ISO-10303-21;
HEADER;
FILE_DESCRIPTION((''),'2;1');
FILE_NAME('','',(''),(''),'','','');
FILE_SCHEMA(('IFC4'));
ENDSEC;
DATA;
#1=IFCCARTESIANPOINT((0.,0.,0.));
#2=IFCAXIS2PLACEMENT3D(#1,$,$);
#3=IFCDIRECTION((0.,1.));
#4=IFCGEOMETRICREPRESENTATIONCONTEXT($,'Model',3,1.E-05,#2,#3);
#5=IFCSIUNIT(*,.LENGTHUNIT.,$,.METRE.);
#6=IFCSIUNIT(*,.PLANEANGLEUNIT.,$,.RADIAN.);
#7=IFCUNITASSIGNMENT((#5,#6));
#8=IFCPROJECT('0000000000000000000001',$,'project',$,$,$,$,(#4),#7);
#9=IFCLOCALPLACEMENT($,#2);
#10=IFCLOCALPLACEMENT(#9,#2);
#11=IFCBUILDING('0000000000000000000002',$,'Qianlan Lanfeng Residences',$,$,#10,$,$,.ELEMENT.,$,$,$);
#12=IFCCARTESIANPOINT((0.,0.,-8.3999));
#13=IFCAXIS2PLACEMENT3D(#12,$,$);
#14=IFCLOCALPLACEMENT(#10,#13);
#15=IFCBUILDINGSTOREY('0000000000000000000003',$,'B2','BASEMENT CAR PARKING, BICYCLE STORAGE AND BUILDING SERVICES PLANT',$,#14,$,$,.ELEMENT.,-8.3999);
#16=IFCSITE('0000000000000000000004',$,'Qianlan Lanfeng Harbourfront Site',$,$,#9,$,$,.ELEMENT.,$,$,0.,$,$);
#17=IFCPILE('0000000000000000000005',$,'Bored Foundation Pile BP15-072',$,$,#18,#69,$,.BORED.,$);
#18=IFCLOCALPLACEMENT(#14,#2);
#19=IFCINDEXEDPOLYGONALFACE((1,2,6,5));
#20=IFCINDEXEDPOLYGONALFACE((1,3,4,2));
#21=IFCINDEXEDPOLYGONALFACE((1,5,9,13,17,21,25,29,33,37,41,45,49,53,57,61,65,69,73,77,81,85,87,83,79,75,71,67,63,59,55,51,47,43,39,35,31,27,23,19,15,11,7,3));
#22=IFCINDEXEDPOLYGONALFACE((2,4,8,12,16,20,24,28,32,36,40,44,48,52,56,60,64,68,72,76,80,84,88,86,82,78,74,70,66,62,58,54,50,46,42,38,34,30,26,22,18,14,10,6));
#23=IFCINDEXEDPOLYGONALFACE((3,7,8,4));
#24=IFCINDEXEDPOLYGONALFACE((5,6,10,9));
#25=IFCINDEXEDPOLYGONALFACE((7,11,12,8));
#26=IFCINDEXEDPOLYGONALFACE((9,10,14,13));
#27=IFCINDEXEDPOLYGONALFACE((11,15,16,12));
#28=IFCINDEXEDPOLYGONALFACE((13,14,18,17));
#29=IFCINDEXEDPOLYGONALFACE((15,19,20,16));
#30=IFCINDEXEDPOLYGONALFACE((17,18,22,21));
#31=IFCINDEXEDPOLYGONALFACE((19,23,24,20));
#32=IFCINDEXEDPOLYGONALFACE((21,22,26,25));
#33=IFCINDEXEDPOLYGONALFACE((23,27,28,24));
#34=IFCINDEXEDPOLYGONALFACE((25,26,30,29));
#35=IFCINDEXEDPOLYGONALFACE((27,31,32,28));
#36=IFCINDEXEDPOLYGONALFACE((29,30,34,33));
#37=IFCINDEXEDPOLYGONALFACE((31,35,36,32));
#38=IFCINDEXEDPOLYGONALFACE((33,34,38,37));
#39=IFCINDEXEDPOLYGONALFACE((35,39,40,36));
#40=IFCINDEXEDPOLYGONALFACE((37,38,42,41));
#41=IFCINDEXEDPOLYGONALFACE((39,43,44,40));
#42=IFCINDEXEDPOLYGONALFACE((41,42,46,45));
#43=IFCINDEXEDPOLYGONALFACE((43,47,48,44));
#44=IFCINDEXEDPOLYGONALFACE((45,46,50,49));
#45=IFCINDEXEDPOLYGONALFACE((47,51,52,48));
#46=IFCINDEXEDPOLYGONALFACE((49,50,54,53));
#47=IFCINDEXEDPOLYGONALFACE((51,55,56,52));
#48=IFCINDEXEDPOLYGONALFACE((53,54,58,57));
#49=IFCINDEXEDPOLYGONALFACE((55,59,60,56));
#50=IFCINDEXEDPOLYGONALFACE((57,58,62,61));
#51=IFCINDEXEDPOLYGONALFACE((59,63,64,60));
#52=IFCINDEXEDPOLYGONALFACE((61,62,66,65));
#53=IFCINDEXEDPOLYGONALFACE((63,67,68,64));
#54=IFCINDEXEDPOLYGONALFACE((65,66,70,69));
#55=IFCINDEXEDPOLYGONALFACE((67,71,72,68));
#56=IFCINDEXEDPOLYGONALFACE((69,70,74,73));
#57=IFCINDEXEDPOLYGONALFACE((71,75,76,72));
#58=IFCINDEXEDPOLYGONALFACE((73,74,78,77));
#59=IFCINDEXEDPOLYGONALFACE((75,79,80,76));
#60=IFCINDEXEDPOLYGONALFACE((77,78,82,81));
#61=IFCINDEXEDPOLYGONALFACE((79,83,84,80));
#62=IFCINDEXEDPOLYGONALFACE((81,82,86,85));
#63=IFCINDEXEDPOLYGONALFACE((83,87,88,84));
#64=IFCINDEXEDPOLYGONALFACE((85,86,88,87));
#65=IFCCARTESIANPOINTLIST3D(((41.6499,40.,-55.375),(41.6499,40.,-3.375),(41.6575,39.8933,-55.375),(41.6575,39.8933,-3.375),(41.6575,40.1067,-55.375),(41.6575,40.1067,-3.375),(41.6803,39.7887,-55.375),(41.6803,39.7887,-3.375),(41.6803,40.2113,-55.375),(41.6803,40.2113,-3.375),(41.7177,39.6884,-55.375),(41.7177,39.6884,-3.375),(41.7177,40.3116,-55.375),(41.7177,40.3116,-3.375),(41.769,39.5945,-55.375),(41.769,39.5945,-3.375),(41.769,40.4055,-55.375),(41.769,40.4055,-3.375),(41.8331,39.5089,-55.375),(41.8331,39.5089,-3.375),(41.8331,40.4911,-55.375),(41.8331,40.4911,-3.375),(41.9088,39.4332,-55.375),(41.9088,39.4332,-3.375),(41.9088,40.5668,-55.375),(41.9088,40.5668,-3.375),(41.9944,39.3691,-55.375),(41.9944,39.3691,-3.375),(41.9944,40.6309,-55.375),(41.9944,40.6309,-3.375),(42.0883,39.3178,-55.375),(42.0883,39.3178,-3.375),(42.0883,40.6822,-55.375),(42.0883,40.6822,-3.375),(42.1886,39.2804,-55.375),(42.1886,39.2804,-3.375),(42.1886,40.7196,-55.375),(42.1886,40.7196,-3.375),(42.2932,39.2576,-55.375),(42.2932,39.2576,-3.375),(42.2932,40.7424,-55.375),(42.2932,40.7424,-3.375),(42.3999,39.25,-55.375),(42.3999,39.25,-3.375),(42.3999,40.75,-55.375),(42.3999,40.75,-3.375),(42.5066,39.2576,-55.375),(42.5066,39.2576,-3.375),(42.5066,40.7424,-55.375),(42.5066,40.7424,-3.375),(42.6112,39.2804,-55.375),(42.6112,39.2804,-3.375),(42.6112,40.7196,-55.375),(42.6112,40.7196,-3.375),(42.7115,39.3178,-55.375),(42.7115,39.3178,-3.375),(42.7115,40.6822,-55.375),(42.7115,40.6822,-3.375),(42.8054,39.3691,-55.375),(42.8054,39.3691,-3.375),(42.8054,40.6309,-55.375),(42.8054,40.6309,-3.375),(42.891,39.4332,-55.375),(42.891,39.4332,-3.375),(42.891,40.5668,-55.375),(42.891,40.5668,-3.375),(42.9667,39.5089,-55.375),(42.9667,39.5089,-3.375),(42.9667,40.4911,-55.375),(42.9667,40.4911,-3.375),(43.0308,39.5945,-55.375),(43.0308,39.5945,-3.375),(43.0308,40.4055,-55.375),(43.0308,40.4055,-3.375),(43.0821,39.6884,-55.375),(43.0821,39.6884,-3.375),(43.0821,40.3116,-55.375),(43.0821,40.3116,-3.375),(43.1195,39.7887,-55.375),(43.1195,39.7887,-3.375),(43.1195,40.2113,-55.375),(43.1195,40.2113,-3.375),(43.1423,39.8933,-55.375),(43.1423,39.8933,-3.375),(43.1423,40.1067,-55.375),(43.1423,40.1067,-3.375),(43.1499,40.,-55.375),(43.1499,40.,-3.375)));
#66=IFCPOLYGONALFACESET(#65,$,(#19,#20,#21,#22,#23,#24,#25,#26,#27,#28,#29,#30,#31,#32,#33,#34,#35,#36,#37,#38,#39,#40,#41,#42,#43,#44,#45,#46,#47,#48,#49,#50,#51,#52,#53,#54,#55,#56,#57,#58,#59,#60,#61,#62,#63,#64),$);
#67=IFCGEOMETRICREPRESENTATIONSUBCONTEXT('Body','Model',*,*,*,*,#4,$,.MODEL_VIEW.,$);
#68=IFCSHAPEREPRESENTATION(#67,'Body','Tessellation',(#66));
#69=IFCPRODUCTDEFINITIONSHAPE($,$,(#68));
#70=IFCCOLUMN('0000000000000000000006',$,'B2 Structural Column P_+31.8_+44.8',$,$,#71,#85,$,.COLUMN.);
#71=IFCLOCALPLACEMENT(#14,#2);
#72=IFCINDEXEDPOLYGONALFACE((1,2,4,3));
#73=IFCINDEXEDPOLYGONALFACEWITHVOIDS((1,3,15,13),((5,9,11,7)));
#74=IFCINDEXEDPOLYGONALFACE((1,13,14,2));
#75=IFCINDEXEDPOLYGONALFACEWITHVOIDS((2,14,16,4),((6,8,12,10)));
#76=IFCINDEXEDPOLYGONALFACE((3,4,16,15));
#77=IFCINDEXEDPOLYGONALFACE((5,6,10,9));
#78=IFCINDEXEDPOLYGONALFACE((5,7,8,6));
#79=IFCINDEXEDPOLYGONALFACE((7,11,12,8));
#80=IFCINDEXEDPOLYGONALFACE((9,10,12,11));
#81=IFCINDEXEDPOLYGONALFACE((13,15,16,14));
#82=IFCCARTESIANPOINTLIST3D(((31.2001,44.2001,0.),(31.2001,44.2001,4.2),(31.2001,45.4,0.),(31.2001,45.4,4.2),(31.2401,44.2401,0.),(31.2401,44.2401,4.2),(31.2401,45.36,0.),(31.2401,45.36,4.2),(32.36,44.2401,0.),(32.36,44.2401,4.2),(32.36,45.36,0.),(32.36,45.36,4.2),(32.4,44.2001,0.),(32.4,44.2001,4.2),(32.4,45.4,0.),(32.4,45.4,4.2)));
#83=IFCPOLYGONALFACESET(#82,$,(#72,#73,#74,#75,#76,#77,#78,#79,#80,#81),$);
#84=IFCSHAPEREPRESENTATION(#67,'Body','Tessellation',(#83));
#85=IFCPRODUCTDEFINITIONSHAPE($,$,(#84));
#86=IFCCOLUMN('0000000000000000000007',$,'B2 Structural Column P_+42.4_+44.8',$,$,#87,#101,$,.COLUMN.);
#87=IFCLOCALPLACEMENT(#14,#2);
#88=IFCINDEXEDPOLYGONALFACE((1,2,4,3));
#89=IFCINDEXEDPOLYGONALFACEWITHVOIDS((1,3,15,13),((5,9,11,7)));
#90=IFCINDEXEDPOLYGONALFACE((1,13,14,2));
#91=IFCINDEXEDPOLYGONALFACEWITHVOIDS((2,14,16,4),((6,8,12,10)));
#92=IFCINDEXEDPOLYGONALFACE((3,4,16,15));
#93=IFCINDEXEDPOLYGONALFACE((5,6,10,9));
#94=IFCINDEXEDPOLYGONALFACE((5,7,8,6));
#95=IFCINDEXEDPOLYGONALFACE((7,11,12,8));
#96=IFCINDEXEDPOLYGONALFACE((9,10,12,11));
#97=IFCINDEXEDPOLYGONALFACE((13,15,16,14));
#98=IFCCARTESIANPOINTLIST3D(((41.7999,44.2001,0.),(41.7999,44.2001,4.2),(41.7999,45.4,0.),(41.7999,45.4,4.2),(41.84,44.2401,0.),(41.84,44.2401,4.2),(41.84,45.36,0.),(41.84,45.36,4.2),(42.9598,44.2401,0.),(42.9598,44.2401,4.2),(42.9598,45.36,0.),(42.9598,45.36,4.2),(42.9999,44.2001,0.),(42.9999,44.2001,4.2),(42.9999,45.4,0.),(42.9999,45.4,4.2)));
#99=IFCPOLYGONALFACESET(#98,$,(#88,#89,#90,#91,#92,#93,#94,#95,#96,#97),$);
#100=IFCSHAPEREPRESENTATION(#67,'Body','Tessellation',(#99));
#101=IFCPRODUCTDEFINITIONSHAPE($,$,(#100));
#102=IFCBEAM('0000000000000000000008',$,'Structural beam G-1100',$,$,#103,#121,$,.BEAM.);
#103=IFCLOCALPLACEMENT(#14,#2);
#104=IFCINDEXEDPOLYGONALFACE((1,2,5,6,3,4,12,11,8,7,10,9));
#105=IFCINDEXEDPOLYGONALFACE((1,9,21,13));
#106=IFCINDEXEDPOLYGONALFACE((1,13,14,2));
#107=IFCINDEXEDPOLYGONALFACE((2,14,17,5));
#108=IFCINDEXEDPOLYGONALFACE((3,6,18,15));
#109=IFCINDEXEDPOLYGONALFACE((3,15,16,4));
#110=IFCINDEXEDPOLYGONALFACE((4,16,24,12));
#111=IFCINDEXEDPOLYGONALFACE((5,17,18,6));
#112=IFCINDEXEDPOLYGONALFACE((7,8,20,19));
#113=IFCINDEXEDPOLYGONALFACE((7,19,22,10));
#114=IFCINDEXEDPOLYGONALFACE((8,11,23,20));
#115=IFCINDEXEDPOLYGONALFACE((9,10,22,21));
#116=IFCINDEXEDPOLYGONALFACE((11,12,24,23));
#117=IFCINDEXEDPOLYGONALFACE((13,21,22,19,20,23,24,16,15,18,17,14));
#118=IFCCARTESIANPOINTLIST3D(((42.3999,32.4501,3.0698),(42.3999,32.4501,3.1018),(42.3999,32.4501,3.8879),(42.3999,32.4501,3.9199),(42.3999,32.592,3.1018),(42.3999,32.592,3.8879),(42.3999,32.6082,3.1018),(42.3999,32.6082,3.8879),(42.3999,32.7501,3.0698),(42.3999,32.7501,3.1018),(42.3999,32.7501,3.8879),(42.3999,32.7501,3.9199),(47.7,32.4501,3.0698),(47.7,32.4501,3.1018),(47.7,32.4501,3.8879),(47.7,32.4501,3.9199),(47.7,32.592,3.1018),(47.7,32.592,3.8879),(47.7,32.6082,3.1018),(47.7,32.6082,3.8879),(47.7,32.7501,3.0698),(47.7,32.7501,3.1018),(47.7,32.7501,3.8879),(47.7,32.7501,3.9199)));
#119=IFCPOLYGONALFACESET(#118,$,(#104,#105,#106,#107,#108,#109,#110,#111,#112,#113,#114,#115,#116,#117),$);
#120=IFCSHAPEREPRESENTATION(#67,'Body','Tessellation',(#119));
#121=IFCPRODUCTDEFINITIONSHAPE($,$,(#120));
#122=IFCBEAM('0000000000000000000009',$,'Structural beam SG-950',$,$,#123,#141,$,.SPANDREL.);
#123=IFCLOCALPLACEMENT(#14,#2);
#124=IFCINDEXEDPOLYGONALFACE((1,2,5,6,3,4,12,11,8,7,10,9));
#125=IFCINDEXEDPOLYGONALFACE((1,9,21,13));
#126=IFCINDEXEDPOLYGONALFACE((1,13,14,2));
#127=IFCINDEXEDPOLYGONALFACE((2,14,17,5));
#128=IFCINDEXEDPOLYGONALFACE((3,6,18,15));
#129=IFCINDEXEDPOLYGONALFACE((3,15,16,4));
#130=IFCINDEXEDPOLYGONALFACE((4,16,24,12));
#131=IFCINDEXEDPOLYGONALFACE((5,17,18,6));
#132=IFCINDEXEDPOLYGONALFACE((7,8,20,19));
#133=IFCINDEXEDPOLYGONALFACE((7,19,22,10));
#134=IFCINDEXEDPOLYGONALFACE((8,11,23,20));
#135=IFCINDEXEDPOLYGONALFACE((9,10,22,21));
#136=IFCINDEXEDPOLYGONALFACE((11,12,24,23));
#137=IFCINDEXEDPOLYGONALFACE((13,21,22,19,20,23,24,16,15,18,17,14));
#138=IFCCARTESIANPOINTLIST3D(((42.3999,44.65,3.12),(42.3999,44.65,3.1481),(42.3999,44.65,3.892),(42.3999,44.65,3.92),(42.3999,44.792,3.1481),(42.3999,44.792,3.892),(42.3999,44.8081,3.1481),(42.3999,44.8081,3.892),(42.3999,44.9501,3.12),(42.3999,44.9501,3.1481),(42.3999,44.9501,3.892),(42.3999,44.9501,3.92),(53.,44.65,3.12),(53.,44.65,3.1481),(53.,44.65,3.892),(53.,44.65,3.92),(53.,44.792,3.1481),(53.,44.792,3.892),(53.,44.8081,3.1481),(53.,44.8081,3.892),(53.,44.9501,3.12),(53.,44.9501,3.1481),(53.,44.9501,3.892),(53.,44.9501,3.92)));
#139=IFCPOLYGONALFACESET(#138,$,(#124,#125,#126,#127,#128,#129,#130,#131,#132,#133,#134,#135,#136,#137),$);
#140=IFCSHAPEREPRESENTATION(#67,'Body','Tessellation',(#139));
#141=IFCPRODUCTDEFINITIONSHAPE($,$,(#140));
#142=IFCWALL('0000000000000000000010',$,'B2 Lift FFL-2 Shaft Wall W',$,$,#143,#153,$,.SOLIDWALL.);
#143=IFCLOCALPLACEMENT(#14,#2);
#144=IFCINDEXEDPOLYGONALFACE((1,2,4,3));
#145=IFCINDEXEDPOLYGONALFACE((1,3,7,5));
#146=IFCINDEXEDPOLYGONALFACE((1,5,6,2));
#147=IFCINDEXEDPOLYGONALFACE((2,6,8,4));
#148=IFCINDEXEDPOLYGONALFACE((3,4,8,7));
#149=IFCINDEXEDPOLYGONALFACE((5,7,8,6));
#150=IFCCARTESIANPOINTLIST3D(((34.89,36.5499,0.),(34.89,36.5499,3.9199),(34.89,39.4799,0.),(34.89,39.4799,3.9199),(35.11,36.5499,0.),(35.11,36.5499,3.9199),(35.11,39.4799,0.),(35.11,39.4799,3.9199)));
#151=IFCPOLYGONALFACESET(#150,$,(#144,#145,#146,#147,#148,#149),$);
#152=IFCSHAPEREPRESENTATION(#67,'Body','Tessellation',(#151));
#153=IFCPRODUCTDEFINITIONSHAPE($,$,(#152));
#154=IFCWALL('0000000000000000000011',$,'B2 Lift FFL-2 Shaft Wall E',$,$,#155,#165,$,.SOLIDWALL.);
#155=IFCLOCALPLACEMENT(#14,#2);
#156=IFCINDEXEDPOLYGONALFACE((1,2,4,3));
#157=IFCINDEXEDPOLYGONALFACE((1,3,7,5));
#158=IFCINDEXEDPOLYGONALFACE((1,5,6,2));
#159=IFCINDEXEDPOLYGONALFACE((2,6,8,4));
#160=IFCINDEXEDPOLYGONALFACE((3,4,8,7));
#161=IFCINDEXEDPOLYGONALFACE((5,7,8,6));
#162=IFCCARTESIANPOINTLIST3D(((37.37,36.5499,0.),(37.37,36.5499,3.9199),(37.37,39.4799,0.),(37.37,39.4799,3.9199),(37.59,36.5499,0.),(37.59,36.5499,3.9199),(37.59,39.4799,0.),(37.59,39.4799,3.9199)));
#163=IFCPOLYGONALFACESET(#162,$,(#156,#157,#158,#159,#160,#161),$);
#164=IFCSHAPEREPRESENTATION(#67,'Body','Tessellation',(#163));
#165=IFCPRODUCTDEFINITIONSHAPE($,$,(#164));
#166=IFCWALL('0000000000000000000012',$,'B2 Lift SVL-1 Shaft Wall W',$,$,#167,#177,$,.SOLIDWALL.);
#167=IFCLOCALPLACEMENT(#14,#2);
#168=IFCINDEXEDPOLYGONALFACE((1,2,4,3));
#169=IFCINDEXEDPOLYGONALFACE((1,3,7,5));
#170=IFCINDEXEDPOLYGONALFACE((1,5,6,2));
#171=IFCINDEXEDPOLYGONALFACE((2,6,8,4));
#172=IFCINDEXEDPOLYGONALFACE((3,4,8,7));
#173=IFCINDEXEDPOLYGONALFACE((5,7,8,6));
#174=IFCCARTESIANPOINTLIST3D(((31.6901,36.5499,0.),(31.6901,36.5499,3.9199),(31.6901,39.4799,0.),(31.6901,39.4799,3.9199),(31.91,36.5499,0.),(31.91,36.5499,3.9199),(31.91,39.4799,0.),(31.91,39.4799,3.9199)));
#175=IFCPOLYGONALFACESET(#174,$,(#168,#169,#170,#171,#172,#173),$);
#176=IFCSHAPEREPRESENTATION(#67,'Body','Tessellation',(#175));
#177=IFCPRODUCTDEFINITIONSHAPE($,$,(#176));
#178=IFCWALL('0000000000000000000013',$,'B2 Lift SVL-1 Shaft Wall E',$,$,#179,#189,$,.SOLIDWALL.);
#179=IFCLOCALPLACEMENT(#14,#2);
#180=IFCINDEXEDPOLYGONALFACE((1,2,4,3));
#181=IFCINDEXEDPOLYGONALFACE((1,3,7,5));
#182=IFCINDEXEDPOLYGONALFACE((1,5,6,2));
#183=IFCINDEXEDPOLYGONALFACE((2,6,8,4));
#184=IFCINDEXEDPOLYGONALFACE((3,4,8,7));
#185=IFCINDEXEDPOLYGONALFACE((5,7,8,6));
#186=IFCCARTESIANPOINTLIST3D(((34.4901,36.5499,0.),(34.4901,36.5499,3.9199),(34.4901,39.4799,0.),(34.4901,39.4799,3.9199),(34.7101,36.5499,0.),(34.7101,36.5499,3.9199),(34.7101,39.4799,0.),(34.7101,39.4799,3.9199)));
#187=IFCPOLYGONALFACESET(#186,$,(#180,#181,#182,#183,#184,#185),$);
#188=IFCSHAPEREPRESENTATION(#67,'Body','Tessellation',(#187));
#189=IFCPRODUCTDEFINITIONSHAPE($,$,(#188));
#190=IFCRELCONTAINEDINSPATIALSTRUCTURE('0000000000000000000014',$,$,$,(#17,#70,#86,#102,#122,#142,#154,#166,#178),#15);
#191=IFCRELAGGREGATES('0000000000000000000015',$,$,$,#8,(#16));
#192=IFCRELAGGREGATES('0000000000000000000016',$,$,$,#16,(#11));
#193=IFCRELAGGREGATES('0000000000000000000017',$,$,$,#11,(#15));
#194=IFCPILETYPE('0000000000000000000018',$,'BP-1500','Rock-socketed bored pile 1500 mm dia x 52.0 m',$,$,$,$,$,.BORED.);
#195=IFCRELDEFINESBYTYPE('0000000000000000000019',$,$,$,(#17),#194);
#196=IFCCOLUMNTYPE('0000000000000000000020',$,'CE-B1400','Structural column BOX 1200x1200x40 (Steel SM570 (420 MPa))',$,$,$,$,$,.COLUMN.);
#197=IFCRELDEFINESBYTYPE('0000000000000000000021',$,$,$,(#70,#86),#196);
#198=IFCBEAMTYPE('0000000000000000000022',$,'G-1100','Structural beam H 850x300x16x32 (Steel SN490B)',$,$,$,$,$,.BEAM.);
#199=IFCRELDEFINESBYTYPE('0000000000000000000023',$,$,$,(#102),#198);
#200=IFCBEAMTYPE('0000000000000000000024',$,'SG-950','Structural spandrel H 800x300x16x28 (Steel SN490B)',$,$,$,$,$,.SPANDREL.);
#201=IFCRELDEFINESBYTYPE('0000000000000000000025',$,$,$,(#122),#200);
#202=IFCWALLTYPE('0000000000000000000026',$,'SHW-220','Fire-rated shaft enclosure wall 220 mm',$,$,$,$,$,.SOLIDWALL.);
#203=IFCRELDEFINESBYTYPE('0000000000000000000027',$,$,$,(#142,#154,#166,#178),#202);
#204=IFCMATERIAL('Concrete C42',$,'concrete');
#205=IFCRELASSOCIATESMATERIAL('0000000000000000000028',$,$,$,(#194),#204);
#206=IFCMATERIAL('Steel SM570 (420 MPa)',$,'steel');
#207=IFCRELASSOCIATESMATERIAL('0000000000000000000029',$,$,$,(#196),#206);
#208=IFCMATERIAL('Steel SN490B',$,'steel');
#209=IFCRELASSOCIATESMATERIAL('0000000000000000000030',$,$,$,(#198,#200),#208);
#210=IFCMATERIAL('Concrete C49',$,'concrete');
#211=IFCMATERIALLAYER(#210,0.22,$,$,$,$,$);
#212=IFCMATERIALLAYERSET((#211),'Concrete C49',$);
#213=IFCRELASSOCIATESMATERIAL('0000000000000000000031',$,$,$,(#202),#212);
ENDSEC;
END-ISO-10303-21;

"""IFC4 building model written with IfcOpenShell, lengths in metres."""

from ifc_helpers import new_model, si_unit, direction, frame, frame_2d, origin, origin_2d, place, context, subcontext, project, spatial, rectangle, hollow_rectangle, circle, i_section, extrude, material, layer, layer_set, material_profile, profile_set, type_object, element, save


model = new_model("IFC4")

# Units and contexts
model_context = context("Model", 3, precision=1e-05, world=origin(), true_north=direction((0.0, 1.0)))
body_context = subcontext(model_context, "Body", "Model", "MODEL_VIEW")
ifc_project = project(units=[si_unit("LENGTHUNIT", "METRE"), si_unit("PLANEANGLEUNIT", "RADIAN")], contexts=[model_context])

# Site, building, storey
site_placement = place(None, origin())
site = spatial("IfcSite", under=ifc_project, at=site_placement, Name="Qianlan Lanfeng Harbourfront Site", CompositionType="ELEMENT", RefElevation=0.0)
building_placement = place(site_placement, origin())
building = spatial("IfcBuilding", under=site, at=building_placement, Name="Qianlan Lanfeng Residences", CompositionType="ELEMENT")
storey_placement = place(building_placement, frame((0.0, 0.0, -8.3999)))
storey = spatial("IfcBuildingStorey", under=building, at=storey_placement, Name="B2", Description="BASEMENT CAR PARKING, BICYCLE STORAGE AND BUILDING SERVICES PLANT", CompositionType="ELEMENT", Elevation=-8.3999)

# Pile
ifc_material_1 = material(Name="Concrete C42", Category="concrete")
ifc_material_profile_1 = material_profile(ifc_material_1, circle(Radius=0.75, at=origin_2d()), Name="PILE D1500")
ifc_profile_set_1 = profile_set([ifc_material_profile_1], Name="Concrete C42")
pile_type_1 = type_object("IfcPileType", Name="BP-1500", Description="Rock-socketed bored pile 1500 mm dia x 52.0 m", PredefinedType="BORED", material=ifc_profile_set_1)
for number, where, z_axis, x_axis, name in (
    (1, (42.3999, 40.0, -3.375), (0.0, 0.0, -1.0), (1.0, 0.0, 0.0), "Bored Foundation Pile BP15-072"),
):
    element("IfcPile", number, at=place(storey_placement, frame(where, z_axis=z_axis, x_axis=x_axis)), inside=storey, type_object=pile_type_1, Name=name, PredefinedType="BORED", context=body_context, shape_type="SweptSolid", body=[
        extrude(circle(Radius=0.75, at=origin_2d()), origin(), (0.0, 0.0, 1.0), 52.0),
    ])

# Columns
ifc_material_2 = material(Name="Steel SM570 (420 MPa)", Category="steel")
ifc_material_profile_2 = material_profile(ifc_material_2, hollow_rectangle(XDim=1.2, YDim=1.2, WallThickness=0.04, at=origin_2d()), Name="BOX 1200x1200x40")
ifc_profile_set_2 = profile_set([ifc_material_profile_2], Name="Steel SM570 (420 MPa)")
column_type = type_object("IfcColumnType", Name="CE-B1400", Description="Structural column BOX 1200x1200x40 (Steel SM570 (420 MPa))", PredefinedType="COLUMN", material=ifc_profile_set_2)
for number, where, z_axis, x_axis, name in (
    (2, (31.8, 44.8, 0.0), (0.0, 0.0, 1.0), (1.0, 0.0, 0.0), "B2 Structural Column P_+31.8_+44.8"),
    (3, (42.3999, 44.8, 0.0), (0.0, 0.0, 1.0), (1.0, 0.0, 0.0), "B2 Structural Column P_+42.4_+44.8"),
):
    element("IfcColumn", number, at=place(storey_placement, frame(where, z_axis=z_axis, x_axis=x_axis)), inside=storey, type_object=column_type, Name=name, PredefinedType="COLUMN", context=body_context, shape_type="SweptSolid", body=[
        extrude(hollow_rectangle(XDim=1.2, YDim=1.2, WallThickness=0.04, at=origin_2d()), origin(), (0.0, 0.0, 1.0), 4.2),
    ])

# Beams
ifc_material_3 = material(Name="Steel SN490B", Category="steel")
ifc_material_profile_3 = material_profile(ifc_material_3, i_section(OverallWidth=0.3, OverallDepth=0.8501, WebThickness=0.0161, FlangeThickness=0.032, at=origin_2d()), Name="H 850x300x16x32")
ifc_profile_set_3 = profile_set([ifc_material_profile_3], Name="Steel SN490B")
beam_type_1 = type_object("IfcBeamType", Name="G-1100", Description="Structural beam H 850x300x16x32 (Steel SN490B)", PredefinedType="BEAM", material=ifc_profile_set_3)
beam_1_placement = place(storey_placement, frame((42.3999, 32.6001, 3.4949), z_axis=(1.0, 0.0, 0.0), x_axis=(0.0, 1.0, 0.0)))
element("IfcBeam", 4, at=beam_1_placement, inside=storey, type_object=beam_type_1, Name="Structural beam G-1100", PredefinedType="BEAM", context=body_context, shape_type="SweptSolid", body=[
    extrude(i_section(OverallWidth=0.3, OverallDepth=0.8501, WebThickness=0.0161, FlangeThickness=0.032, at=origin_2d()), origin(), (0.0, 0.0, 1.0), 5.3),
])
ifc_material_profile_4 = material_profile(ifc_material_3, i_section(OverallWidth=0.3, OverallDepth=0.8, WebThickness=0.0161, FlangeThickness=0.0281, at=origin_2d()), Name="H 800x300x16x28")
ifc_profile_set_4 = profile_set([ifc_material_profile_4], Name="Steel SN490B")
beam_type_2 = type_object("IfcBeamType", Name="SG-950", Description="Structural spandrel H 800x300x16x28 (Steel SN490B)", PredefinedType="SPANDREL", material=ifc_profile_set_4)
beam_2_placement = place(storey_placement, frame((42.3999, 44.8, 3.52), z_axis=(1.0, 0.0, 0.0), x_axis=(0.0, 1.0, 0.0)))
element("IfcBeam", 5, at=beam_2_placement, inside=storey, type_object=beam_type_2, Name="Structural beam SG-950", PredefinedType="SPANDREL", context=body_context, shape_type="SweptSolid", body=[
    extrude(i_section(OverallWidth=0.3, OverallDepth=0.8, WebThickness=0.0161, FlangeThickness=0.0281, at=origin_2d()), origin(), (0.0, 0.0, 1.0), 10.6001),
])

# Walls
ifc_material_4 = material(Name="Concrete C49", Category="concrete")
ifc_layer = layer(ifc_material_4, 0.22)
ifc_layer_set = layer_set([ifc_layer], Name="Concrete C49")
wall_type = type_object("IfcWallType", Name="SHW-220", Description="Fire-rated shaft enclosure wall 220 mm", PredefinedType="SOLIDWALL", material=ifc_layer_set)
for number, where, z_axis, x_axis, name in (
    (6, (35.0, 36.55, 0.0), (0.0, 0.0, 1.0), (0.0, 1.0, 0.0), "B2 Lift FFL-2 Shaft Wall W"),
    (7, (37.48, 36.55, 0.0), (0.0, 0.0, 1.0), (0.0, 1.0, 0.0), "B2 Lift FFL-2 Shaft Wall E"),
    (8, (31.8, 36.55, 0.0), (0.0, 0.0, 1.0), (0.0, 1.0, 0.0), "B2 Lift SVL-1 Shaft Wall W"),
    (9, (34.6001, 36.55, 0.0), (0.0, 0.0, 1.0), (0.0, 1.0, 0.0), "B2 Lift SVL-1 Shaft Wall E"),
):
    element("IfcWall", number, at=place(storey_placement, frame(where, z_axis=z_axis, x_axis=x_axis)), inside=storey, type_object=wall_type, Name=name, PredefinedType="SOLIDWALL", context=body_context, shape_type="SweptSolid", body=[
        extrude(rectangle(XDim=2.9299, YDim=0.22, at=frame_2d((1.4648, 0.0))), origin(), (0.0, 0.0, 1.0), 3.9199),
    ])

save(model, "model.ifc")
